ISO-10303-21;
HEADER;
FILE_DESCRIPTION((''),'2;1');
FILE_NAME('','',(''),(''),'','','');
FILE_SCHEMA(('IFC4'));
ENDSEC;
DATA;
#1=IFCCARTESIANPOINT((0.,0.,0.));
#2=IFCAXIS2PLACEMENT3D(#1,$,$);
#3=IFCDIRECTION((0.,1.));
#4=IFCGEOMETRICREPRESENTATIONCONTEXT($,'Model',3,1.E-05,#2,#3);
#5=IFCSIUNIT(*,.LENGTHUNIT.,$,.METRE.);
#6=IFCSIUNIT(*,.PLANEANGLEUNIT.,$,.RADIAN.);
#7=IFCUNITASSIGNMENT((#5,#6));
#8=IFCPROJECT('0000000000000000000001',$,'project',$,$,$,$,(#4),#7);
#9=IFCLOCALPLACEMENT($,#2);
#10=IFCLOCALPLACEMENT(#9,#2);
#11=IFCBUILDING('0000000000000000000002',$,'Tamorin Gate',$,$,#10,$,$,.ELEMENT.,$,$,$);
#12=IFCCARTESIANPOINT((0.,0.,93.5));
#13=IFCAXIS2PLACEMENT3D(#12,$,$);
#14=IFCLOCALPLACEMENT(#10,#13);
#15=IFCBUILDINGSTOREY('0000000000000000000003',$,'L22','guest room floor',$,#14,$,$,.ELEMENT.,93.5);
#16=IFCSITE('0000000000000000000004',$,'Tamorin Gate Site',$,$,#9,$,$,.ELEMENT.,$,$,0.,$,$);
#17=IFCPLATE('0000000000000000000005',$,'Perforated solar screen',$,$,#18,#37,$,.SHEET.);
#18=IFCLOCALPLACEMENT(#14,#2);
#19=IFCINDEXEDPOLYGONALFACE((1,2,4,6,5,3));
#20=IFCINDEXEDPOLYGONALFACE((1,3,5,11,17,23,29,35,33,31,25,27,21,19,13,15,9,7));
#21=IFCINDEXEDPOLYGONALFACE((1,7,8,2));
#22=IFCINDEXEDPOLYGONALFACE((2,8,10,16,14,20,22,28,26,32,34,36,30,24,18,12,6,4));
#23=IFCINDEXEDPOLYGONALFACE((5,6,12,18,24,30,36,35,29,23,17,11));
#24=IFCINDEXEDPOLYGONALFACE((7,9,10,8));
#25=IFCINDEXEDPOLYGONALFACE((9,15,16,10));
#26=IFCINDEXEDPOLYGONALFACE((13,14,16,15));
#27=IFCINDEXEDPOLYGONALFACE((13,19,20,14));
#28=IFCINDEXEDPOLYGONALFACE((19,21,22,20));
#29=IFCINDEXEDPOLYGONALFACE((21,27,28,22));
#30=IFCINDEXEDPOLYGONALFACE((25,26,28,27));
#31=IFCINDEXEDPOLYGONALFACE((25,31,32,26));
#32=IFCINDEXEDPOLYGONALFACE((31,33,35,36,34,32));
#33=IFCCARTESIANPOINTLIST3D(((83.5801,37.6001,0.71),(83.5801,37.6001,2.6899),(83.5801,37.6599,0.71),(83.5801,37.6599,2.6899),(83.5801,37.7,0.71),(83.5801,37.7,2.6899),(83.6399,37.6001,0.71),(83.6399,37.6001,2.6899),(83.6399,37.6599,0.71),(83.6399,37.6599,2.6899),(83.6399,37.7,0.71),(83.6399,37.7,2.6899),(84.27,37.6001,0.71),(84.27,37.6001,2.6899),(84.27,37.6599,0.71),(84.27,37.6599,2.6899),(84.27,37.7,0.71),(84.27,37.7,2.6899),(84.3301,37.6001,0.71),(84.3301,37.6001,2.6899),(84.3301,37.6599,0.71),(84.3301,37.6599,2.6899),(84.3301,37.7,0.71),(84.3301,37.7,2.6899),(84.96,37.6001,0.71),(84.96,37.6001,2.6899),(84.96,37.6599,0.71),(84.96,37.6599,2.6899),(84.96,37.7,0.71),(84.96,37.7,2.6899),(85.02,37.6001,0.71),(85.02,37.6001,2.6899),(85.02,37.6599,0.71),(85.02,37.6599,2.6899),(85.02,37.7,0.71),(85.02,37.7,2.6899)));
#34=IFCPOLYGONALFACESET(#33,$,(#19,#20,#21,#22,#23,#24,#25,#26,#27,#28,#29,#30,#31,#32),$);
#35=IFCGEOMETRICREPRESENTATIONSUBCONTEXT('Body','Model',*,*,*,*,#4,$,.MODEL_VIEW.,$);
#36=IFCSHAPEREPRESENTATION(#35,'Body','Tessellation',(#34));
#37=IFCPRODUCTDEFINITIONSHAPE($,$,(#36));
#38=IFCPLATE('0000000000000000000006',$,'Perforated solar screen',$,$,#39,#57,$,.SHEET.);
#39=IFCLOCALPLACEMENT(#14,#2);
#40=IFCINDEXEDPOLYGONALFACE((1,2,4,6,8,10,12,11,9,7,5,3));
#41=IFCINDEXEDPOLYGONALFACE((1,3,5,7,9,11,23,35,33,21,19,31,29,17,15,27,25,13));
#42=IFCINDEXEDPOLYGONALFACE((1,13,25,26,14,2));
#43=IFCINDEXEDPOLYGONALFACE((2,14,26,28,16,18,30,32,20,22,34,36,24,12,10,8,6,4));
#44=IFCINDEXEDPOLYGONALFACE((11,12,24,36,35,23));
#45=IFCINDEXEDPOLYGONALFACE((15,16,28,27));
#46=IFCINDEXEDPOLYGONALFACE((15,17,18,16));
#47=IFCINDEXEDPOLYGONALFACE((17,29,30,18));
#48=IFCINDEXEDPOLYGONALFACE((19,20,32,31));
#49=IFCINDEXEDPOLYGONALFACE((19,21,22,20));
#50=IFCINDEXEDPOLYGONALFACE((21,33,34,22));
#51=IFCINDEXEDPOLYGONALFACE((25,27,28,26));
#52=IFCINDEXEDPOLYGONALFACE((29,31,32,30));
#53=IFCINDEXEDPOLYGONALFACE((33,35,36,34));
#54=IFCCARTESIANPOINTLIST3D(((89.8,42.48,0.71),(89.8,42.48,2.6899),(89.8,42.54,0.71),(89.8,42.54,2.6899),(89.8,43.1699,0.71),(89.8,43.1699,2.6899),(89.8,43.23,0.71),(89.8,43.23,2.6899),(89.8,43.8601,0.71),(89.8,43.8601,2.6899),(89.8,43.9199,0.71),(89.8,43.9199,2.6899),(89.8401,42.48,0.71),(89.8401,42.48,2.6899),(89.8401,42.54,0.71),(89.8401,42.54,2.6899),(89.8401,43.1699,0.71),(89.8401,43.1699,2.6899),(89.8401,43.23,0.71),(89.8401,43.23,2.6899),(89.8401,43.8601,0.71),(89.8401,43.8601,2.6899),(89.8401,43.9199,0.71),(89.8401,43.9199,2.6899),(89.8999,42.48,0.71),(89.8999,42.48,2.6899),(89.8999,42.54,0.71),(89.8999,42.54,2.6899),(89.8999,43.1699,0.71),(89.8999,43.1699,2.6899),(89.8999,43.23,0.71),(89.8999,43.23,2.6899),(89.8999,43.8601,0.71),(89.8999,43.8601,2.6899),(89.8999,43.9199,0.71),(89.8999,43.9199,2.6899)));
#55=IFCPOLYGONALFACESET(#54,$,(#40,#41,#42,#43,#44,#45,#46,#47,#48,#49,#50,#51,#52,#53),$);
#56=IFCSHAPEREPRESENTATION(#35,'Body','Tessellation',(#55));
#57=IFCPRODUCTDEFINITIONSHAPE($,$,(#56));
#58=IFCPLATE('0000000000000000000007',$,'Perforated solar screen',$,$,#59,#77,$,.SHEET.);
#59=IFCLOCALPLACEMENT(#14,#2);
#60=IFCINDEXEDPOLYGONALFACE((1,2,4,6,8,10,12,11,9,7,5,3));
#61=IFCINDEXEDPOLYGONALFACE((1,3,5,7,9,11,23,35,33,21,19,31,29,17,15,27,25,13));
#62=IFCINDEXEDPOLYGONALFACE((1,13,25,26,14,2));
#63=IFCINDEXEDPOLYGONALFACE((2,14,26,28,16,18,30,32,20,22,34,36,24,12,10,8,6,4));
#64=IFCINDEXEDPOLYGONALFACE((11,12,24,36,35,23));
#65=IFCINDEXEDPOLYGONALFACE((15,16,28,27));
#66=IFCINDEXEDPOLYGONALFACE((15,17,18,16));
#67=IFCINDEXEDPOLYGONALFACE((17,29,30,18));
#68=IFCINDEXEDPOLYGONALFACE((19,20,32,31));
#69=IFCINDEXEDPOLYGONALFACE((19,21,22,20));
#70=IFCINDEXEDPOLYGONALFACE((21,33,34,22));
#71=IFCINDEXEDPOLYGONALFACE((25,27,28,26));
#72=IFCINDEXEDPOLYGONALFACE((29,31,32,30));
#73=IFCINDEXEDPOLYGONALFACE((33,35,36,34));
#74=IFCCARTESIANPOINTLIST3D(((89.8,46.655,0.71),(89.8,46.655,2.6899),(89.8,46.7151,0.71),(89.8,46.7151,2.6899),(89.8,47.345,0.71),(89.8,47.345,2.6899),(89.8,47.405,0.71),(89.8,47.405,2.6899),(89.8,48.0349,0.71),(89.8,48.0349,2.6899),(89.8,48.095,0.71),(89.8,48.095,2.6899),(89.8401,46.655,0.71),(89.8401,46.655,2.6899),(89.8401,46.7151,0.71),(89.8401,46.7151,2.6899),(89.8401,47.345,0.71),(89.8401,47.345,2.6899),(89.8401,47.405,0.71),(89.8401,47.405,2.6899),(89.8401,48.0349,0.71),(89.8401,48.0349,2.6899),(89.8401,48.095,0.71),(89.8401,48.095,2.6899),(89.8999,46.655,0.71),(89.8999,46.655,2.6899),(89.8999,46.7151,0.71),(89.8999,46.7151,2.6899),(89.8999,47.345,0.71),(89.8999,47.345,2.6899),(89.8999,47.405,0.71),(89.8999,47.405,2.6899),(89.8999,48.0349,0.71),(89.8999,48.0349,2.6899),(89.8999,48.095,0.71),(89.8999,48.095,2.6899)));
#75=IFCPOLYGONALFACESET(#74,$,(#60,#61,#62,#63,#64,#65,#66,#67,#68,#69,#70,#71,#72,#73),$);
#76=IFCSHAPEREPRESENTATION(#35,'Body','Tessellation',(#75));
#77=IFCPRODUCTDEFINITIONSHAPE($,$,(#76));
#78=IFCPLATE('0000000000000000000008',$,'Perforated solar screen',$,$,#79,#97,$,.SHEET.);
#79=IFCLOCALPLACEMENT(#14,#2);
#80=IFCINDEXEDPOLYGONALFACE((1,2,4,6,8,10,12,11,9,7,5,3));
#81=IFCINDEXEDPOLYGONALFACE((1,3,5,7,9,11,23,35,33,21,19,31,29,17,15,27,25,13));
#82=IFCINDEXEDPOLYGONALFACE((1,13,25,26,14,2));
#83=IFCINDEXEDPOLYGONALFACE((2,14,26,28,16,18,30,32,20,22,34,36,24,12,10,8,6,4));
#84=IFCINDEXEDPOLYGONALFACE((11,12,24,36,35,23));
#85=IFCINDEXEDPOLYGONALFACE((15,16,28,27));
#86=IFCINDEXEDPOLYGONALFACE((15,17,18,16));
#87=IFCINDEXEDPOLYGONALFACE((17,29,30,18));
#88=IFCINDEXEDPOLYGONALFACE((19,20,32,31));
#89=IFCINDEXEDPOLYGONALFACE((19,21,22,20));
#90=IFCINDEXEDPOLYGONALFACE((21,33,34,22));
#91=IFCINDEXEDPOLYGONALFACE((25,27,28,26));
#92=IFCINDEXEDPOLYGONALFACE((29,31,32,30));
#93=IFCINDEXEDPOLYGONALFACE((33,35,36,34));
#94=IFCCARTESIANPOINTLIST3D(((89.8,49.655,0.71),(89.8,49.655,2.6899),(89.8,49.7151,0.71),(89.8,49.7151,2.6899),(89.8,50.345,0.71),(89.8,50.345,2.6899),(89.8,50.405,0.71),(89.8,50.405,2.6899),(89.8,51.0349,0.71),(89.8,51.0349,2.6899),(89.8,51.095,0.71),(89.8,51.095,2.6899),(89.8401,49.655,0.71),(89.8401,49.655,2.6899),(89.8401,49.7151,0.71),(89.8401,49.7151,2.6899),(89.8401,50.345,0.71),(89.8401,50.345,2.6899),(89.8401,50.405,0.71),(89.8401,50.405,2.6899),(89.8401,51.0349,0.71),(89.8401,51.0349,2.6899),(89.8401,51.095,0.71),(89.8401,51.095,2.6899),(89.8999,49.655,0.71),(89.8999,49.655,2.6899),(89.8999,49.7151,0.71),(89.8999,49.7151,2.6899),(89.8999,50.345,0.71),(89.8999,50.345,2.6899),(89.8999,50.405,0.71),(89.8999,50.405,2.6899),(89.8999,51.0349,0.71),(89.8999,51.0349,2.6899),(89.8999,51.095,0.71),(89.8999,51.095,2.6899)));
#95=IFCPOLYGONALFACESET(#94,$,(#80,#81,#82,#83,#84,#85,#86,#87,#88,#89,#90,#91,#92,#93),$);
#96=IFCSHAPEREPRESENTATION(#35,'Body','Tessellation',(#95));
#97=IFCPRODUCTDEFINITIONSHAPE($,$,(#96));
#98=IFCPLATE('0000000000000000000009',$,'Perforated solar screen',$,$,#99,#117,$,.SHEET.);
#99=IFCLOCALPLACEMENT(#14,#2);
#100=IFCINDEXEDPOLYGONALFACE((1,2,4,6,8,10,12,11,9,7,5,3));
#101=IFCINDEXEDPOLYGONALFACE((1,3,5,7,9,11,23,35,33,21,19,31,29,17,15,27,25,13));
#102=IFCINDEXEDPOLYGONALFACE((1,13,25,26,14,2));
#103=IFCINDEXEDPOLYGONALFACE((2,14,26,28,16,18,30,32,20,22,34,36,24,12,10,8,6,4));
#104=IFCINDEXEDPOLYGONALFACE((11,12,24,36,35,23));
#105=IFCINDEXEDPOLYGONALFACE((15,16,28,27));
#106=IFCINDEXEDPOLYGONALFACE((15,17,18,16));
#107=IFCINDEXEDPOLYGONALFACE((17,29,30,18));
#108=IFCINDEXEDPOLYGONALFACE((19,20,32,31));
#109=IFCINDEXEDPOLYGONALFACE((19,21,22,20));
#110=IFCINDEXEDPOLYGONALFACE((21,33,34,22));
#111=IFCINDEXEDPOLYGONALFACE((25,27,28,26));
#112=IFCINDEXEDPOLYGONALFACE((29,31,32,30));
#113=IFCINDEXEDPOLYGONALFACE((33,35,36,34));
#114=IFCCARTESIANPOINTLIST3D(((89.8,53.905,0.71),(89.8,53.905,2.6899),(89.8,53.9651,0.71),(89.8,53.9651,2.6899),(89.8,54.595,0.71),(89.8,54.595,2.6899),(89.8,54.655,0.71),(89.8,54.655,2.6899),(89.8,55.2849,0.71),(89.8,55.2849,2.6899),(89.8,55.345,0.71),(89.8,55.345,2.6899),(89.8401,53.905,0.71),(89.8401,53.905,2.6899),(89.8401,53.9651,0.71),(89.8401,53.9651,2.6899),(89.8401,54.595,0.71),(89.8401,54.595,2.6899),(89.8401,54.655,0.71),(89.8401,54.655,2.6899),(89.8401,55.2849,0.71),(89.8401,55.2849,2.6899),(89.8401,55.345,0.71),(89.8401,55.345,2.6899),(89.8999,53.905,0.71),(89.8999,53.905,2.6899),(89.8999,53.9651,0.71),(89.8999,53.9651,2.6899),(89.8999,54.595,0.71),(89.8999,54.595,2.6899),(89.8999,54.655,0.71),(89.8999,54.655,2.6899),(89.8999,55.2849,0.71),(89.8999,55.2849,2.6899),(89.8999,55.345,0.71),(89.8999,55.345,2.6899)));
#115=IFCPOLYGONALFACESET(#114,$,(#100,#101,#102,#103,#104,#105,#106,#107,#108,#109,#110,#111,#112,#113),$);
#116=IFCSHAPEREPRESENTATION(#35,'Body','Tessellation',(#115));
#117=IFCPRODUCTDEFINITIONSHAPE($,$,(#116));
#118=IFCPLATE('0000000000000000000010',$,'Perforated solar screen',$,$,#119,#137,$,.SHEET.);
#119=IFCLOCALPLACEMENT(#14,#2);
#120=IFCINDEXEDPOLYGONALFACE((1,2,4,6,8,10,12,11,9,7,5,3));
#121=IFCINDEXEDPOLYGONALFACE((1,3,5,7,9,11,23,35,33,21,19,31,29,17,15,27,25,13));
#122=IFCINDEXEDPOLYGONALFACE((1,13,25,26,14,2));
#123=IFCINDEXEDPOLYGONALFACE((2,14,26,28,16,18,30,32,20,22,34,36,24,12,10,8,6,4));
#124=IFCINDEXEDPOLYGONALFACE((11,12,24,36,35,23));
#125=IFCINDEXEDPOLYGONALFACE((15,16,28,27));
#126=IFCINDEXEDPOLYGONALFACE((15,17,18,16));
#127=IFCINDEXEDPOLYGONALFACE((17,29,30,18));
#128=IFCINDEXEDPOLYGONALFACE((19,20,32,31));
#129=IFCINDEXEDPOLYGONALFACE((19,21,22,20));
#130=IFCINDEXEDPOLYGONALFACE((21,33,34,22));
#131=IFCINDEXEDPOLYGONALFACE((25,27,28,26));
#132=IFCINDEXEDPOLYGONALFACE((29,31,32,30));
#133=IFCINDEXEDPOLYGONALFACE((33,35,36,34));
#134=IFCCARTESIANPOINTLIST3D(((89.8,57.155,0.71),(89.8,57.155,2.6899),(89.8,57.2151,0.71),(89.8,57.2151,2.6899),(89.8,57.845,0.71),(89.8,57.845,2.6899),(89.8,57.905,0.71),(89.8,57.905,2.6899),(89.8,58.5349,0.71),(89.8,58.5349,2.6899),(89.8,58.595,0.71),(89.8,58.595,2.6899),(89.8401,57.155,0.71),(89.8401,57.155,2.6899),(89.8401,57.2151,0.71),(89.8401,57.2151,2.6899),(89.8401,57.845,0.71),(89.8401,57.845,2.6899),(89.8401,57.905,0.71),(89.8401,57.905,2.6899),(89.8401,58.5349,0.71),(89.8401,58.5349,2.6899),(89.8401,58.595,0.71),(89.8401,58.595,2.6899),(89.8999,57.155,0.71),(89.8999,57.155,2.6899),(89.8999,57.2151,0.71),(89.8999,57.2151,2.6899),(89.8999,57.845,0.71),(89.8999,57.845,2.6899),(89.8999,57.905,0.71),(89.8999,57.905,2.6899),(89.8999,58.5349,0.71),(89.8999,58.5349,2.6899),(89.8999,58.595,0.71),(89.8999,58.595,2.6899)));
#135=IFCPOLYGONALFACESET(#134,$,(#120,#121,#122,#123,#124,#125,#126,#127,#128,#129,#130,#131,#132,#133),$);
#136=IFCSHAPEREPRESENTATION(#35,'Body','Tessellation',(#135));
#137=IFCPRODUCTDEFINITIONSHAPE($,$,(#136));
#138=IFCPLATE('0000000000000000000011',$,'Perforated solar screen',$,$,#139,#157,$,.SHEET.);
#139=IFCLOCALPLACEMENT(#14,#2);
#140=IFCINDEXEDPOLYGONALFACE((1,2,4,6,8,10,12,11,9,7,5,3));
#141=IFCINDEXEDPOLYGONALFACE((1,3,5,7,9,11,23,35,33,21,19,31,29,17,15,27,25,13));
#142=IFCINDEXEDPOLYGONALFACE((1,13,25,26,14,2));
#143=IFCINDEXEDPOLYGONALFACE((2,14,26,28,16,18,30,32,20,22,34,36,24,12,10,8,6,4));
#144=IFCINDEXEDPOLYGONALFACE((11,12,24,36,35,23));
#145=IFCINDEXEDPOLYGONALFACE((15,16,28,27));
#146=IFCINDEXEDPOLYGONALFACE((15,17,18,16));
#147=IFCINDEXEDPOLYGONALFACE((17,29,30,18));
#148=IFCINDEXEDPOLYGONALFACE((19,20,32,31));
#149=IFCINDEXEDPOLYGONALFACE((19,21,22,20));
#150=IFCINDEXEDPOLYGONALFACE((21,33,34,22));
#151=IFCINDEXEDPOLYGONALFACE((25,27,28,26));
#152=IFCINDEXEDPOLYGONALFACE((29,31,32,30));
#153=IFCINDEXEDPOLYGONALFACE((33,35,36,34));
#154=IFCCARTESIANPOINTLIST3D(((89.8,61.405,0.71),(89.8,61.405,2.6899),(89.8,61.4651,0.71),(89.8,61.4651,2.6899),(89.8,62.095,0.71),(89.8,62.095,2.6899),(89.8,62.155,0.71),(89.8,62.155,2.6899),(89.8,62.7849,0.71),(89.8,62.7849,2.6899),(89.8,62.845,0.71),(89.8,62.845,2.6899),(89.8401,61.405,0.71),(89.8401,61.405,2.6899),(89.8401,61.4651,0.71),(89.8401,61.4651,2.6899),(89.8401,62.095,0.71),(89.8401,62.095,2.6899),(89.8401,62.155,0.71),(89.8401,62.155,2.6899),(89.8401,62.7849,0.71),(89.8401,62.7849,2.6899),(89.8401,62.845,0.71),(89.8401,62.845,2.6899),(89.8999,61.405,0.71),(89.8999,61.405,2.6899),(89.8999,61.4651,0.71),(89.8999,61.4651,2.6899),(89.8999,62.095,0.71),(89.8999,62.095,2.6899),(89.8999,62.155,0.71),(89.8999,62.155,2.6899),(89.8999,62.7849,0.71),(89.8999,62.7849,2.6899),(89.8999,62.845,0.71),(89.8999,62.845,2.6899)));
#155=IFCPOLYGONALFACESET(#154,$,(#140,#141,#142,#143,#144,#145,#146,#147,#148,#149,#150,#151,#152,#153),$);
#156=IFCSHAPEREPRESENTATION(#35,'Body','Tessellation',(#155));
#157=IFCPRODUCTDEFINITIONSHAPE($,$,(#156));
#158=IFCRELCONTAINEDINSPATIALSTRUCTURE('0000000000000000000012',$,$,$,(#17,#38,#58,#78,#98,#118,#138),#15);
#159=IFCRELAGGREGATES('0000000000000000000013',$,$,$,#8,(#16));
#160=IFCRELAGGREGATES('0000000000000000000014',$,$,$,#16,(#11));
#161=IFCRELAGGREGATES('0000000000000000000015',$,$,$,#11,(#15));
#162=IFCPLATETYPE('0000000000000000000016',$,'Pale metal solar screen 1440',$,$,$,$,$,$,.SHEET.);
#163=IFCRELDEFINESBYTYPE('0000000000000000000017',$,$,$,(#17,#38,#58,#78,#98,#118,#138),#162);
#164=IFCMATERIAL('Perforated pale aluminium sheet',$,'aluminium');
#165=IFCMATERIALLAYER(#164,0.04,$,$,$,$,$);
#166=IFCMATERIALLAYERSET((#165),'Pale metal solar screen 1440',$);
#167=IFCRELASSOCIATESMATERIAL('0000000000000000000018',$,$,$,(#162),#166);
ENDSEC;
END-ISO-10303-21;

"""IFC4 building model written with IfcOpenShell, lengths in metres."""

from ifc_helpers import new_model, si_unit, direction, frame, origin, place, context, subcontext, project, spatial, polyline, outline, extrude, material, layer, layer_set, type_object, element, save


model = new_model("IFC4")

# Units and contexts
model_context = context("Model", 3, precision=1e-05, world=origin(), true_north=direction((0.0, 1.0)))
body_context = subcontext(model_context, "Body", "Model", "MODEL_VIEW")
ifc_project = project(units=[si_unit("LENGTHUNIT", "METRE"), si_unit("PLANEANGLEUNIT", "RADIAN")], contexts=[model_context])

# Site, building, storey
site_placement = place(None, origin())
site = spatial("IfcSite", under=ifc_project, at=site_placement, Name="Tamorin Gate Site", CompositionType="ELEMENT", RefElevation=0.0)
building_placement = place(site_placement, origin())
building = spatial("IfcBuilding", under=site, at=building_placement, Name="Tamorin Gate", CompositionType="ELEMENT")
storey_placement = place(building_placement, frame((0.0, 0.0, 93.5)))
storey = spatial("IfcBuildingStorey", under=building, at=storey_placement, Name="L22", Description="guest room floor", CompositionType="ELEMENT", Elevation=93.5)

# Plates
ifc_material_1 = material(Name="Perforated pale aluminium sheet", Category="aluminium")
ifc_layer_1 = layer(ifc_material_1, 0.04)
ifc_layer_set_1 = layer_set([ifc_layer_1], Name="Pale metal solar screen 1440")
plate_type = type_object("IfcPlateType", Name="Pale metal solar screen 1440", PredefinedType="SHEET", material=ifc_layer_set_1)
plate_1_placement = place(storey_placement, frame((0.0, 0.0, 0.71)))
element("IfcPlate", 1, at=plate_1_placement, inside=storey, type_object=plate_type, Name="Perforated solar screen", PredefinedType="SHEET", context=body_context, shape_type="SweptSolid", body=[
    extrude(outline(polyline([(83.5801, 37.6599), (83.5801, 37.7), (83.6399, 37.7), (84.27, 37.7), (84.3301, 37.7), (84.96, 37.7), (85.02, 37.7), (85.02, 37.6599), (85.02, 37.6001), (84.96, 37.6001), (84.96, 37.6599), (84.3301, 37.6599), (84.3301, 37.6001), (84.27, 37.6001), (84.27, 37.6599), (83.6399, 37.6599), (83.6399, 37.6001), (83.5801, 37.6001), (83.5801, 37.6599)])), origin(), (0.0, 0.0, 1.0), 1.98),
])
plate_2_placement = place(storey_placement, frame((0.0, 0.0, 0.71)))
element("IfcPlate", 2, at=plate_2_placement, inside=storey, type_object=plate_type, Name="Perforated solar screen", PredefinedType="SHEET", context=body_context, shape_type="SweptSolid", body=[
    extrude(outline(polyline([(89.8401, 42.48), (89.8, 42.48), (89.8, 42.54), (89.8, 43.1699), (89.8, 43.23), (89.8, 43.8601), (89.8, 43.9199), (89.8401, 43.9199), (89.8999, 43.9199), (89.8999, 43.8601), (89.8401, 43.8601), (89.8401, 43.23), (89.8999, 43.23), (89.8999, 43.1699), (89.8401, 43.1699), (89.8401, 42.54), (89.8999, 42.54), (89.8999, 42.48), (89.8401, 42.48)])), origin(), (0.0, 0.0, 1.0), 1.98),
])
plate_3_placement = place(storey_placement, frame((0.0, 0.0, 0.71)))
element("IfcPlate", 3, at=plate_3_placement, inside=storey, type_object=plate_type, Name="Perforated solar screen", PredefinedType="SHEET", context=body_context, shape_type="SweptSolid", body=[
    extrude(outline(polyline([(89.8401, 46.655), (89.8, 46.655), (89.8, 46.7151), (89.8, 47.345), (89.8, 47.405), (89.8, 48.0349), (89.8, 48.095), (89.8, 48.095), (89.8401, 48.095), (89.8401, 48.095), (89.8999, 48.095), (89.8999, 48.0349), (89.8401, 48.0349), (89.8401, 47.405), (89.8999, 47.405), (89.8999, 47.345), (89.8401, 47.345), (89.8401, 46.7151), (89.8999, 46.7151), (89.8999, 46.655), (89.8401, 46.655)])), origin(), (0.0, 0.0, 1.0), 1.98),
])
plate_4_placement = place(storey_placement, frame((0.0, 0.0, 0.71)))
element("IfcPlate", 4, at=plate_4_placement, inside=storey, type_object=plate_type, Name="Perforated solar screen", PredefinedType="SHEET", context=body_context, shape_type="SweptSolid", body=[
    extrude(outline(polyline([(89.8401, 49.655), (89.8, 49.655), (89.8, 49.7151), (89.8, 50.345), (89.8, 50.405), (89.8, 51.0349), (89.8, 51.095), (89.8401, 51.095), (89.8999, 51.095), (89.8999, 51.0349), (89.8401, 51.0349), (89.8401, 50.405), (89.8999, 50.405), (89.8999, 50.345), (89.8401, 50.345), (89.8401, 49.7151), (89.8999, 49.7151), (89.8999, 49.655), (89.8401, 49.655)])), origin(), (0.0, 0.0, 1.0), 1.98),
])
plate_5_placement = place(storey_placement, frame((0.0, 0.0, 0.71)))
element("IfcPlate", 5, at=plate_5_placement, inside=storey, type_object=plate_type, Name="Perforated solar screen", PredefinedType="SHEET", context=body_context, shape_type="SweptSolid", body=[
    extrude(outline(polyline([(89.8401, 53.905), (89.8, 53.905), (89.8, 53.9651), (89.8, 54.595), (89.8, 54.655), (89.8, 55.2849), (89.8, 55.345), (89.8401, 55.345), (89.8999, 55.345), (89.8999, 55.2849), (89.8401, 55.2849), (89.8401, 54.655), (89.8999, 54.655), (89.8999, 54.595), (89.8401, 54.595), (89.8401, 53.9651), (89.8999, 53.9651), (89.8999, 53.905), (89.8401, 53.905)])), origin(), (0.0, 0.0, 1.0), 1.98),
])
plate_6_placement = place(storey_placement, frame((0.0, 0.0, 0.71)))
element("IfcPlate", 6, at=plate_6_placement, inside=storey, type_object=plate_type, Name="Perforated solar screen", PredefinedType="SHEET", context=body_context, shape_type="SweptSolid", body=[
    extrude(outline(polyline([(89.8401, 57.155), (89.8, 57.155), (89.8, 57.2151), (89.8, 57.845), (89.8, 57.905), (89.8, 58.5349), (89.8, 58.595), (89.8401, 58.595), (89.8999, 58.595), (89.8999, 58.5349), (89.8401, 58.5349), (89.8401, 57.905), (89.8999, 57.905), (89.8999, 57.845), (89.8401, 57.845), (89.8401, 57.2151), (89.8999, 57.2151), (89.8999, 57.155), (89.8401, 57.155)])), origin(), (0.0, 0.0, 1.0), 1.98),
])
plate_7_placement = place(storey_placement, frame((0.0, 0.0, 0.71)))
element("IfcPlate", 7, at=plate_7_placement, inside=storey, type_object=plate_type, Name="Perforated solar screen", PredefinedType="SHEET", context=body_context, shape_type="SweptSolid", body=[
    extrude(outline(polyline([(89.8401, 61.405), (89.8, 61.405), (89.8, 61.4651), (89.8, 62.095), (89.8, 62.155), (89.8, 62.7849), (89.8, 62.845), (89.8401, 62.845), (89.8999, 62.845), (89.8999, 62.7849), (89.8401, 62.7849), (89.8401, 62.155), (89.8999, 62.155), (89.8999, 62.095), (89.8401, 62.095), (89.8401, 61.4651), (89.8999, 61.4651), (89.8999, 61.405), (89.8401, 61.405)])), origin(), (0.0, 0.0, 1.0), 1.98),
])

save(model, "model.ifc")
